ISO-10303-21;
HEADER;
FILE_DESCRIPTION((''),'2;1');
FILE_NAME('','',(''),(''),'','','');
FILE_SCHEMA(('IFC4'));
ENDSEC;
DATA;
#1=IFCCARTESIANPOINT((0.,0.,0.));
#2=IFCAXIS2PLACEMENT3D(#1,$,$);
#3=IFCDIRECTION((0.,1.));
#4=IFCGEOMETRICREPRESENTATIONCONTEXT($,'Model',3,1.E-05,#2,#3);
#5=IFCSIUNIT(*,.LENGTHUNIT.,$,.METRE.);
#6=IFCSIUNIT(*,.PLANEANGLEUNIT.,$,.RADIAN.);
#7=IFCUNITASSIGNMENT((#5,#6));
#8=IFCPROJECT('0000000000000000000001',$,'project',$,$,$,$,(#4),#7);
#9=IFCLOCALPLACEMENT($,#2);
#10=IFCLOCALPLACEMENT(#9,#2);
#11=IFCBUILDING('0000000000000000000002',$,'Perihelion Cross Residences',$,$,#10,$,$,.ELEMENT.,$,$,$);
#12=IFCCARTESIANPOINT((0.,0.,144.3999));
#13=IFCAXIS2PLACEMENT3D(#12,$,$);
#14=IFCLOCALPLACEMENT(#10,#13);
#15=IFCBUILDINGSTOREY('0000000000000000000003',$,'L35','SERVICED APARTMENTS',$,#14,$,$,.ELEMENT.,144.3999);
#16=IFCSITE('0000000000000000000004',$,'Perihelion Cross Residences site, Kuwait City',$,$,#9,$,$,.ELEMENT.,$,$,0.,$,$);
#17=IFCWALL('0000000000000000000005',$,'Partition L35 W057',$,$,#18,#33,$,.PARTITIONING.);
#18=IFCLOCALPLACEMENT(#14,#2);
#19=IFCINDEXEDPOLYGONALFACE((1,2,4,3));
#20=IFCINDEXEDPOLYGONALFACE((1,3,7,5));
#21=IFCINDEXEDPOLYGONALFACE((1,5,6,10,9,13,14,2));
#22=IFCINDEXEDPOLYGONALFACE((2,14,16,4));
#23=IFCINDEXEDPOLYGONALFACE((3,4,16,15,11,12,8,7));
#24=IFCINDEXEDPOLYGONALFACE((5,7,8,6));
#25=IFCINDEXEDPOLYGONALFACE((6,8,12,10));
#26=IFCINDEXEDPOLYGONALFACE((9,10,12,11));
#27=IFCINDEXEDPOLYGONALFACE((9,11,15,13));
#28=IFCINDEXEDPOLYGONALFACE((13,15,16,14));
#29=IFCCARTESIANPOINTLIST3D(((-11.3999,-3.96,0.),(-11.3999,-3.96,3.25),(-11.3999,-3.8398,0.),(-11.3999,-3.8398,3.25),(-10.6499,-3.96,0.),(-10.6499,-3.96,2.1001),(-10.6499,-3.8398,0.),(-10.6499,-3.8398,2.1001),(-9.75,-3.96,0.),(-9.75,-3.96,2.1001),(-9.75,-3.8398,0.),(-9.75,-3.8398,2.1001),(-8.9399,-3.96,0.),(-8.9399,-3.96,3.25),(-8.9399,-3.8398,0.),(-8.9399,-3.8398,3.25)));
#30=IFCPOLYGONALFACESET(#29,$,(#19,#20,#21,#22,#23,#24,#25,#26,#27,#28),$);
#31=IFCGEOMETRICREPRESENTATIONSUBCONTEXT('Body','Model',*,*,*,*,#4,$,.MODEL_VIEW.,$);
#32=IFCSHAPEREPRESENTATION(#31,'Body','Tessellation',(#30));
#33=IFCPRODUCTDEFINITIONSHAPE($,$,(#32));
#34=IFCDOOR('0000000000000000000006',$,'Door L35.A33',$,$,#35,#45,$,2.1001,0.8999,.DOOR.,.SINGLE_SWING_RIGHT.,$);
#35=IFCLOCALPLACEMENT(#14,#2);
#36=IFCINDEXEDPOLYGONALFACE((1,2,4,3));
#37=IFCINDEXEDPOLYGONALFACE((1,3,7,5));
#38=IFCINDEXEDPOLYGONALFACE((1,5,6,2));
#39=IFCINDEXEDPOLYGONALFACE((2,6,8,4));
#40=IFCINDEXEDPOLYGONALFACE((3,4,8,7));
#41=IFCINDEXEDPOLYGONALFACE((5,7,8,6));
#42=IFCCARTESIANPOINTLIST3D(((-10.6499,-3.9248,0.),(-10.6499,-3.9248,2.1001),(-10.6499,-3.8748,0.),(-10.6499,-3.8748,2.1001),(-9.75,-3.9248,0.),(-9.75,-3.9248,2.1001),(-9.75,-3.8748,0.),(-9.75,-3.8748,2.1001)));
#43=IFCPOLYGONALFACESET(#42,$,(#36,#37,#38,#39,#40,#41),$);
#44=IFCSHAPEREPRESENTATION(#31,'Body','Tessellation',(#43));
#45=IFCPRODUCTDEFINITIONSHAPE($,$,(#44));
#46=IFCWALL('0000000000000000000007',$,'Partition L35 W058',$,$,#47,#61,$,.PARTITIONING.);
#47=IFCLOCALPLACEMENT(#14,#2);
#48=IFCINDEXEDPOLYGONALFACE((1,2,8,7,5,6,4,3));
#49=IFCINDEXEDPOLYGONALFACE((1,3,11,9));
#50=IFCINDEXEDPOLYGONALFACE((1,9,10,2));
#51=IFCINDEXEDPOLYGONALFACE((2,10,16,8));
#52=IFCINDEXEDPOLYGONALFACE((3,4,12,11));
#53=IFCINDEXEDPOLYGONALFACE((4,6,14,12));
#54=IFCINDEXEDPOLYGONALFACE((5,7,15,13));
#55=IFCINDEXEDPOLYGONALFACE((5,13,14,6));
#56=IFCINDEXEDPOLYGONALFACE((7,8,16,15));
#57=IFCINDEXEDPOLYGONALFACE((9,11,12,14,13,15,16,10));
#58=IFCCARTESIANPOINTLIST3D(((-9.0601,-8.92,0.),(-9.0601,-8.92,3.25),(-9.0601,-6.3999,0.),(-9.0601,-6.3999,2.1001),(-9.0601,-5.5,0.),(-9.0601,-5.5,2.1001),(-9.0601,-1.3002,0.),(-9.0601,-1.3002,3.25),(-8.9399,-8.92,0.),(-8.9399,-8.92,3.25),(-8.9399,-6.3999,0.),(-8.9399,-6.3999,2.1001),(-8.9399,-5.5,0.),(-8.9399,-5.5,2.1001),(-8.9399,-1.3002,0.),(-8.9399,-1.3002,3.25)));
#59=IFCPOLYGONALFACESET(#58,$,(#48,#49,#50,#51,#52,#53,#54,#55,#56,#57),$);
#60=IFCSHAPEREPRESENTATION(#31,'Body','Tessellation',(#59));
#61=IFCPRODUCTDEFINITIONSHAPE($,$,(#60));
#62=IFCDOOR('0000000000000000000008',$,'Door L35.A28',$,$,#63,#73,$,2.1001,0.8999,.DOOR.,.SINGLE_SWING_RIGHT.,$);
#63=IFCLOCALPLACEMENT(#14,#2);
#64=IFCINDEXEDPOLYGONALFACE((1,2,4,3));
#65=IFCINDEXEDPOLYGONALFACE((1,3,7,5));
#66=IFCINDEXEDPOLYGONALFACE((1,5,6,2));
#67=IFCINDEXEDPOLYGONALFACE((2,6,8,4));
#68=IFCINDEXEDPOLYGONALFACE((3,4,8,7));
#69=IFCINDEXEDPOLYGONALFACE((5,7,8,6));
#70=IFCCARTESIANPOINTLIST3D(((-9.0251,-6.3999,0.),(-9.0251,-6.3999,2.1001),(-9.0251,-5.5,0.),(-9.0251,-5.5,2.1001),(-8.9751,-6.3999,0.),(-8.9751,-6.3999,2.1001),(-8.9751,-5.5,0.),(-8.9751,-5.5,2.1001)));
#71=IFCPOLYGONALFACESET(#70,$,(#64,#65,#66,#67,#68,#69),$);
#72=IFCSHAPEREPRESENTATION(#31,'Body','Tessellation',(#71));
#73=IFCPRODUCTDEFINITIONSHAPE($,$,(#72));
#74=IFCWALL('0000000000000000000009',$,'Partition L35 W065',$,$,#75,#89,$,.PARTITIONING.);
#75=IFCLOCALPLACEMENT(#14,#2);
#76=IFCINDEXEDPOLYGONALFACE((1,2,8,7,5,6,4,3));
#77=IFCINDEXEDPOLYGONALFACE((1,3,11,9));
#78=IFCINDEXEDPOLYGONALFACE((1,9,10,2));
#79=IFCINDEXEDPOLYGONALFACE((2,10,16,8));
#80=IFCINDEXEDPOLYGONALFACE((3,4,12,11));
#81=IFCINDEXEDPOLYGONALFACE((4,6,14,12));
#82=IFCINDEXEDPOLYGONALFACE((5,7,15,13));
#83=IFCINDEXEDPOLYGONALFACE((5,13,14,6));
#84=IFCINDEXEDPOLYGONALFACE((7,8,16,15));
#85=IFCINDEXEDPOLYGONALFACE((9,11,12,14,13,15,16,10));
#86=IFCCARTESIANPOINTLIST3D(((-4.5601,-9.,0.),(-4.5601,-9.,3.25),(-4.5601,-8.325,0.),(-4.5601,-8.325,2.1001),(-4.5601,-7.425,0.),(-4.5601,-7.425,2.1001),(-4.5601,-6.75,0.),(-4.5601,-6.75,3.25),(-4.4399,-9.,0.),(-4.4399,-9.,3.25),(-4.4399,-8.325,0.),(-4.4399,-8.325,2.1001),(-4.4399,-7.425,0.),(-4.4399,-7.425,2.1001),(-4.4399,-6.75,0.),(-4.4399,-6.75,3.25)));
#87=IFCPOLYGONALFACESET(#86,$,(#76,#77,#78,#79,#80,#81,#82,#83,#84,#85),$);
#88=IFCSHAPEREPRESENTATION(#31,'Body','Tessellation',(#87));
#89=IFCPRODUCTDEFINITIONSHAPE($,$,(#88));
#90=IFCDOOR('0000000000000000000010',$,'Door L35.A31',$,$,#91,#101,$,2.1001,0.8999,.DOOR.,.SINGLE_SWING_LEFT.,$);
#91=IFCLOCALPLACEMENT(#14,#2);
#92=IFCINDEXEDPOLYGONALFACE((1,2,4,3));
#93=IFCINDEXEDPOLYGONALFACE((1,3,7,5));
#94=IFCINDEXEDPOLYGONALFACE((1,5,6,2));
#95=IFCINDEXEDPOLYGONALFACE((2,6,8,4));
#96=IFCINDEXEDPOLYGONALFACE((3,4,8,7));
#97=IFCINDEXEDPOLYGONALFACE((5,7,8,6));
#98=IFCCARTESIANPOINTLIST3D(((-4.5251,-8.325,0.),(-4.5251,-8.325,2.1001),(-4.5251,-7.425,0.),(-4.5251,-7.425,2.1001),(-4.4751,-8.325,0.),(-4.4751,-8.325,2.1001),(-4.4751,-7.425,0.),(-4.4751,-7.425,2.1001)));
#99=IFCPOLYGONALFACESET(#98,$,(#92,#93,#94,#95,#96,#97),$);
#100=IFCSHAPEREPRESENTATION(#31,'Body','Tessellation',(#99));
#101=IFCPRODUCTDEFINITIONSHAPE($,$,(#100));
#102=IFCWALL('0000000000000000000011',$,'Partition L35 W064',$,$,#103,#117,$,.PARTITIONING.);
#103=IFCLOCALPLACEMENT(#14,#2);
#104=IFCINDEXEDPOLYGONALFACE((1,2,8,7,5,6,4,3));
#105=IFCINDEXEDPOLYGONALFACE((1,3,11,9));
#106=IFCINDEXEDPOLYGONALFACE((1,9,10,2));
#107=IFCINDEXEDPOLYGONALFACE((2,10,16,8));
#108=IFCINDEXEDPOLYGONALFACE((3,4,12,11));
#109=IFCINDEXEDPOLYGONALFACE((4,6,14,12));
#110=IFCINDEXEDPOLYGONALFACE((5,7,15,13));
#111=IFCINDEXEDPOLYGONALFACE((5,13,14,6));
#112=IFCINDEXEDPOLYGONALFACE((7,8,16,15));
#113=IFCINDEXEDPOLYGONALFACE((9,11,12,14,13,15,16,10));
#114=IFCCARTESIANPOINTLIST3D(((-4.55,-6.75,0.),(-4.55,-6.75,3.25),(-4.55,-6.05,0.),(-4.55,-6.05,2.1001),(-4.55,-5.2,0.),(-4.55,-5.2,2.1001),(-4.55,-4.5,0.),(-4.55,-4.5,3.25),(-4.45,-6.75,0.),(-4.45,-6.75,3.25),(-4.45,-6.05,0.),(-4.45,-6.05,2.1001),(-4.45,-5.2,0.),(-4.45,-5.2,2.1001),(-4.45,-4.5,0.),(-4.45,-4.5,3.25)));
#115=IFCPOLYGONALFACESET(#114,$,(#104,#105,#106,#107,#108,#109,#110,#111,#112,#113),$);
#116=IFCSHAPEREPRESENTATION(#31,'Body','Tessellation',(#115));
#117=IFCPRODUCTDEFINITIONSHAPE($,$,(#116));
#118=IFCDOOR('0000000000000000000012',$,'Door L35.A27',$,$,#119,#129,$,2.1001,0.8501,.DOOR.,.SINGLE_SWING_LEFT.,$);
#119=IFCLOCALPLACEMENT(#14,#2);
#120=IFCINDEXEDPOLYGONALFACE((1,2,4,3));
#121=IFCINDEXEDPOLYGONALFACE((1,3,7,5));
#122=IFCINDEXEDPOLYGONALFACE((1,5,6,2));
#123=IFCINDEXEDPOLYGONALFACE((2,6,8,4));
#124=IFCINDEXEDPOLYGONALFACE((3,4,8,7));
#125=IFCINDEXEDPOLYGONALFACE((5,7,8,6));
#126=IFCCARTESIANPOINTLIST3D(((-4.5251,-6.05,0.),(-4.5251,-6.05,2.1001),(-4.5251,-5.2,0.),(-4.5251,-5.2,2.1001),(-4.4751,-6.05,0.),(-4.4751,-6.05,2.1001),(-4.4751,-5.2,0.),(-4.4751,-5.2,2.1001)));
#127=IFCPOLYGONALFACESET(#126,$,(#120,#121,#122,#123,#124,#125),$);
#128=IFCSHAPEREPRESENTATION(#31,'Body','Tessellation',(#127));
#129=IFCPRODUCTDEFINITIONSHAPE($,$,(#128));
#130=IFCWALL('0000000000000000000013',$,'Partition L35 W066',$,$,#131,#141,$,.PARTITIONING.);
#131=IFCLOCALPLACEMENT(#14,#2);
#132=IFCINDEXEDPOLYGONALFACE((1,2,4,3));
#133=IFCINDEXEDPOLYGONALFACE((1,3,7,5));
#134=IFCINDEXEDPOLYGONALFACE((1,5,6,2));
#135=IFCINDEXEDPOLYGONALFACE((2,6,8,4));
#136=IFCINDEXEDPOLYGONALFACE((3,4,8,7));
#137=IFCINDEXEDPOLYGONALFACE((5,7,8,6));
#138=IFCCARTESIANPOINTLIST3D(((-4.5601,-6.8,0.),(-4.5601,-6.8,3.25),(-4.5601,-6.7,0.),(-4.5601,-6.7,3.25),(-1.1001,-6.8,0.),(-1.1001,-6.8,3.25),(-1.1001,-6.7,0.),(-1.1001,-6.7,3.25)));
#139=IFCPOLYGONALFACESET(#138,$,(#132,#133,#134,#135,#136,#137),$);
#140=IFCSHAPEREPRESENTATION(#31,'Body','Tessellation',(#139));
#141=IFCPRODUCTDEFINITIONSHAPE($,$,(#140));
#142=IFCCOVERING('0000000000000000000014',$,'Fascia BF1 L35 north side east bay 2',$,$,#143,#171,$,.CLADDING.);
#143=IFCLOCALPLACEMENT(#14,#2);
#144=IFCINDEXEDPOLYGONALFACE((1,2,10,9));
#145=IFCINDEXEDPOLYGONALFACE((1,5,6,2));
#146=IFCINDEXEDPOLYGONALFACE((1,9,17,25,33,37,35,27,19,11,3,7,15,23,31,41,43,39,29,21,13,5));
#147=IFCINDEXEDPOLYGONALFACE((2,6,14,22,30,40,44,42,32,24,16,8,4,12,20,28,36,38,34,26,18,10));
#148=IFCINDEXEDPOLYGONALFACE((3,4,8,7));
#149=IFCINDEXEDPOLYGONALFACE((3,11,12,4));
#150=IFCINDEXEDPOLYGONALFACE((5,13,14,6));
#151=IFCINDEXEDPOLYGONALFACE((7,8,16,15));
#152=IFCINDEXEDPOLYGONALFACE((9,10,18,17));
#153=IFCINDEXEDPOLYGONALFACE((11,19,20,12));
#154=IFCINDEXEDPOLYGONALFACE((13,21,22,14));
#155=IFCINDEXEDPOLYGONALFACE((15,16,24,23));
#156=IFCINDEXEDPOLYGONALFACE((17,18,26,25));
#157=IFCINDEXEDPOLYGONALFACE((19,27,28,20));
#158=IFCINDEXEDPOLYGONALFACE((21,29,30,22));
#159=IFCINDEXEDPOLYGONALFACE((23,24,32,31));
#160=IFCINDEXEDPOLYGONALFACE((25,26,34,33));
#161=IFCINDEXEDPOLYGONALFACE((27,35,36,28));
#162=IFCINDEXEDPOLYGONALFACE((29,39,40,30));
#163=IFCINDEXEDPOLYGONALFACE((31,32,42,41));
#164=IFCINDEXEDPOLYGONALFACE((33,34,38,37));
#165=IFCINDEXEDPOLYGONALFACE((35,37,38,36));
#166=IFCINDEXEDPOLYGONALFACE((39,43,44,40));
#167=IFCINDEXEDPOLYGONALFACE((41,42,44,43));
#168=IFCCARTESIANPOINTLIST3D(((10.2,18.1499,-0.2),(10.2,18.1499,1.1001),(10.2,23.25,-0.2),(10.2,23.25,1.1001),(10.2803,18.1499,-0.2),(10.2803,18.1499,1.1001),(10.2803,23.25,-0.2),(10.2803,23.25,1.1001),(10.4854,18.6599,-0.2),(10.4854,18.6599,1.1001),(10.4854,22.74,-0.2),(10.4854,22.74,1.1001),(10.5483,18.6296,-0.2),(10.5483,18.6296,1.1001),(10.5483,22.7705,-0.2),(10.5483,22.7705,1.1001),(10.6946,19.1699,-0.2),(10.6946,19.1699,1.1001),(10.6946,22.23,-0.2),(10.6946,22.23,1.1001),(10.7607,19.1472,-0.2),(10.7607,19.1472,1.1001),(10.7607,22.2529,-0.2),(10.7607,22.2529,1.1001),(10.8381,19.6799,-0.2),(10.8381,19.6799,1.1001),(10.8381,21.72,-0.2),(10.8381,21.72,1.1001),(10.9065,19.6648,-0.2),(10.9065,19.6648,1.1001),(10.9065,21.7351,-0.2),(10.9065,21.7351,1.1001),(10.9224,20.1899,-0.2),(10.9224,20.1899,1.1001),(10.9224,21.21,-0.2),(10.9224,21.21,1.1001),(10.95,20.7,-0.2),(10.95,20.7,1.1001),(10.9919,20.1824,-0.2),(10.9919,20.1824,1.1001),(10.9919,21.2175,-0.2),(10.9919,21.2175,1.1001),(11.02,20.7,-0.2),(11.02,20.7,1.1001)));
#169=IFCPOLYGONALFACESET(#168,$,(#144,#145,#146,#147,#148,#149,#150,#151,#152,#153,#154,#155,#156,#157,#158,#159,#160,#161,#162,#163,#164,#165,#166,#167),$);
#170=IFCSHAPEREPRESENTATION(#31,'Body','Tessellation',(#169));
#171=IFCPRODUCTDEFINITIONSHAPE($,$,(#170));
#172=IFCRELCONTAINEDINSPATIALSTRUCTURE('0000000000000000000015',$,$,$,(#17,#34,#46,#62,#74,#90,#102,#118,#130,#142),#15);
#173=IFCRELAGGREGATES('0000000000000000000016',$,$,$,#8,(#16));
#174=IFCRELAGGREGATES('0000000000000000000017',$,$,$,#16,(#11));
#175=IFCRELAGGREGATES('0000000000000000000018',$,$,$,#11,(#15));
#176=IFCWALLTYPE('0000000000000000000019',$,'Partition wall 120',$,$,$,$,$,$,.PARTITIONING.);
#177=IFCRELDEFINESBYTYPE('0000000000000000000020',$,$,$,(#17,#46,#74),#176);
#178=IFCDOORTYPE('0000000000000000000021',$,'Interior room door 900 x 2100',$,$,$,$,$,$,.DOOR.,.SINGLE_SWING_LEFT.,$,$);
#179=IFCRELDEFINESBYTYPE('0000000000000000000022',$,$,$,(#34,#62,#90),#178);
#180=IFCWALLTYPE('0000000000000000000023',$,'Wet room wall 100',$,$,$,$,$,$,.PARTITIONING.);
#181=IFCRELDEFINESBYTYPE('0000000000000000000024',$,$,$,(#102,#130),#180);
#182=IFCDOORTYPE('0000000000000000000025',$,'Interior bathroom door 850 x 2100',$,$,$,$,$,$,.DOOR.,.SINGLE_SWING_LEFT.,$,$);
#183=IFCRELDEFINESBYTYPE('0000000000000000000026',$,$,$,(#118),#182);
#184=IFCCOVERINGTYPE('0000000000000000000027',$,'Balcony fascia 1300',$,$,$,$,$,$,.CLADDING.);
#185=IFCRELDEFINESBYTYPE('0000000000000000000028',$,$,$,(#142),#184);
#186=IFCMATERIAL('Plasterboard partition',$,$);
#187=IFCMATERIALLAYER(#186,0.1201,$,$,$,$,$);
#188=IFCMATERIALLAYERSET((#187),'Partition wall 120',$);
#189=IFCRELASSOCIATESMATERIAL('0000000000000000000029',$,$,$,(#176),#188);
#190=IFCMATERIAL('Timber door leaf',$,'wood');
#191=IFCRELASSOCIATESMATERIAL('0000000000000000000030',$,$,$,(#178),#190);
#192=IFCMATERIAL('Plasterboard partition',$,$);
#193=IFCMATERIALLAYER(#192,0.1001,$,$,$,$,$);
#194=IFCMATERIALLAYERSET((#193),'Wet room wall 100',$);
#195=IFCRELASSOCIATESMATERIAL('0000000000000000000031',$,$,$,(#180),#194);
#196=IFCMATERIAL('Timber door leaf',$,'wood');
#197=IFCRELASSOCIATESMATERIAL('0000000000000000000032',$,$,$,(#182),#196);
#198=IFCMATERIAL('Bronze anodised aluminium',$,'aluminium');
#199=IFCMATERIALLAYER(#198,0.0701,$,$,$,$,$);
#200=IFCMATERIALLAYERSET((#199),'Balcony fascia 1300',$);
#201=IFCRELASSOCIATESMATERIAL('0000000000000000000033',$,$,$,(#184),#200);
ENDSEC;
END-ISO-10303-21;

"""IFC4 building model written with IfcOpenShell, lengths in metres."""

from ifc_helpers import new_model, si_unit, direction, frame, frame_2d, origin, place, context, subcontext, project, spatial, polyline, rectangle, outline, extrude, material, layer, layer_set, type_object, element, fill, save


model = new_model("IFC4")

# Units and contexts
model_context = context("Model", 3, precision=1e-05, world=origin(), true_north=direction((0.0, 1.0)))
body_context = subcontext(model_context, "Body", "Model", "MODEL_VIEW")
ifc_project = project(units=[si_unit("LENGTHUNIT", "METRE"), si_unit("PLANEANGLEUNIT", "RADIAN")], contexts=[model_context])

# Site, building, storey
site_placement = place(None, origin())
site = spatial("IfcSite", under=ifc_project, at=site_placement, Name="Perihelion Cross Residences site, Kuwait City", CompositionType="ELEMENT", RefElevation=0.0)
building_placement = place(site_placement, origin())
building = spatial("IfcBuilding", under=site, at=building_placement, Name="Perihelion Cross Residences", CompositionType="ELEMENT")
storey_placement = place(building_placement, frame((0.0, 0.0, 144.3999)))
storey = spatial("IfcBuildingStorey", under=building, at=storey_placement, Name="L35", Description="SERVICED APARTMENTS", CompositionType="ELEMENT", Elevation=144.3999)

# Shared definitions
ifc_material_1 = material(Name="Plasterboard partition")
ifc_layer_1 = layer(ifc_material_1, 0.1201)
ifc_layer_set_1 = layer_set([ifc_layer_1], Name="Partition wall 120")
wall_type_1 = type_object("IfcWallType", Name="Partition wall 120", PredefinedType="PARTITIONING", material=ifc_layer_set_1)

# Walls, openings, doors
wall_1_placement = place(storey_placement, frame((-8.9399, -3.8999, 0.0), z_axis=(0.0, 0.0, 1.0), x_axis=(-1.0, 0.0, 0.0)))
wall_1 = element("IfcWall", 1, at=wall_1_placement, inside=storey, type_object=wall_type_1, Name="Partition L35 W057", PredefinedType="PARTITIONING", context=body_context, shape_type="SweptSolid", body=[
    extrude(rectangle(XDim=2.46, YDim=0.1201, at=frame_2d((1.23, 0.0))), origin(), (0.0, 0.0, 1.0), 3.25),
])
opening_1_placement = place(wall_1_placement, frame((0.8101, 0.0, 0.0)))
opening_1 = element("IfcOpeningElement", 2, at=opening_1_placement, cuts=wall_1, PredefinedType="OPENING", context=body_context, shape_type="SweptSolid", body=[
    extrude(rectangle(XDim=0.8999, YDim=2.1001, at=frame_2d((0.45, 1.05))), frame((0.0, 0.0701, 0.0), z_axis=(0.0, -1.0, 0.0), x_axis=(1.0, 0.0, 0.0)), (0.0, 0.0, 1.0), 0.1401),
])
ifc_material_2 = material(Name="Timber door leaf", Category="wood")
door_type_1 = type_object("IfcDoorType", Name="Interior room door 900 x 2100", OperationType="SINGLE_SWING_LEFT", PredefinedType="DOOR", material=ifc_material_2)
door_1_placement = place(opening_1_placement, origin())
door_1 = element("IfcDoor", 3, at=door_1_placement, inside=storey, type_object=door_type_1, Name="Door L35.A33", OperationType="SINGLE_SWING_RIGHT", OverallHeight=2.1001, OverallWidth=0.8999, PredefinedType="DOOR", context=body_context, shape_type="SweptSolid", body=[
    extrude(rectangle(XDim=0.8999, YDim=2.1001, at=frame_2d((0.45, 1.05))), frame((0.0, 0.0249, 0.0), z_axis=(0.0, -1.0, 0.0), x_axis=(1.0, 0.0, 0.0)), (0.0, 0.0, 1.0), 0.05),
])
fill(opening_1, door_1)
wall_2_placement = place(storey_placement, frame((-9.0, -1.3, 0.0), z_axis=(0.0, 0.0, 1.0), x_axis=(0.0, -1.0, 0.0)))
wall_2 = element("IfcWall", 4, at=wall_2_placement, inside=storey, type_object=wall_type_1, Name="Partition L35 W058", PredefinedType="PARTITIONING", context=body_context, shape_type="SweptSolid", body=[
    extrude(rectangle(XDim=7.6199, YDim=0.1201, at=frame_2d((3.8101, 0.0))), origin(), (0.0, 0.0, 1.0), 3.25),
])
opening_2_placement = place(wall_2_placement, frame((4.2, 0.0, 0.0)))
opening_2 = element("IfcOpeningElement", 5, at=opening_2_placement, cuts=wall_2, PredefinedType="OPENING", context=body_context, shape_type="SweptSolid", body=[
    extrude(rectangle(XDim=0.8999, YDim=2.1001, at=frame_2d((0.45, 1.05))), frame((0.0, 0.0701, 0.0), z_axis=(0.0, -1.0, 0.0), x_axis=(1.0, 0.0, 0.0)), (0.0, 0.0, 1.0), 0.1401),
])
door_2_placement = place(opening_2_placement, origin())
door_2 = element("IfcDoor", 6, at=door_2_placement, inside=storey, type_object=door_type_1, Name="Door L35.A28", OperationType="SINGLE_SWING_RIGHT", OverallHeight=2.1001, OverallWidth=0.8999, PredefinedType="DOOR", context=body_context, shape_type="SweptSolid", body=[
    extrude(rectangle(XDim=0.8999, YDim=2.1001, at=frame_2d((0.45, 1.05))), frame((0.0, 0.0249, 0.0), z_axis=(0.0, -1.0, 0.0), x_axis=(1.0, 0.0, 0.0)), (0.0, 0.0, 1.0), 0.05),
])
fill(opening_2, door_2)
wall_3_placement = place(storey_placement, frame((-4.5, -6.75, 0.0), z_axis=(0.0, 0.0, 1.0), x_axis=(0.0, -1.0, 0.0)))
wall_3 = element("IfcWall", 7, at=wall_3_placement, inside=storey, type_object=wall_type_1, Name="Partition L35 W065", PredefinedType="PARTITIONING", context=body_context, shape_type="SweptSolid", body=[
    extrude(rectangle(XDim=2.25, YDim=0.1201, at=frame_2d((1.125, 0.0))), origin(), (0.0, 0.0, 1.0), 3.25),
])
opening_3_placement = place(wall_3_placement, frame((0.675, 0.0, 0.0)))
opening_3 = element("IfcOpeningElement", 8, at=opening_3_placement, cuts=wall_3, PredefinedType="OPENING", context=body_context, shape_type="SweptSolid", body=[
    extrude(rectangle(XDim=0.8999, YDim=2.1001, at=frame_2d((0.45, 1.05))), frame((0.0, 0.0701, 0.0), z_axis=(0.0, -1.0, 0.0), x_axis=(1.0, 0.0, 0.0)), (0.0, 0.0, 1.0), 0.1401),
])
door_3_placement = place(opening_3_placement, origin())
door_3 = element("IfcDoor", 9, at=door_3_placement, inside=storey, type_object=door_type_1, Name="Door L35.A31", OperationType="SINGLE_SWING_LEFT", OverallHeight=2.1001, OverallWidth=0.8999, PredefinedType="DOOR", context=body_context, shape_type="SweptSolid", body=[
    extrude(rectangle(XDim=0.8999, YDim=2.1001, at=frame_2d((0.45, 1.05))), frame((0.0, 0.0249, 0.0), z_axis=(0.0, -1.0, 0.0), x_axis=(1.0, 0.0, 0.0)), (0.0, 0.0, 1.0), 0.05),
])
fill(opening_3, door_3)
ifc_material_3 = material(Name="Plasterboard partition")
ifc_layer_2 = layer(ifc_material_3, 0.1001)
ifc_layer_set_2 = layer_set([ifc_layer_2], Name="Wet room wall 100")
wall_type_2 = type_object("IfcWallType", Name="Wet room wall 100", PredefinedType="PARTITIONING", material=ifc_layer_set_2)
wall_4_placement = place(storey_placement, frame((-4.5, -4.5, 0.0), z_axis=(0.0, 0.0, 1.0), x_axis=(0.0, -1.0, 0.0)))
wall_4 = element("IfcWall", 10, at=wall_4_placement, inside=storey, type_object=wall_type_2, Name="Partition L35 W064", PredefinedType="PARTITIONING", context=body_context, shape_type="SweptSolid", body=[
    extrude(rectangle(XDim=2.25, YDim=0.1001, at=frame_2d((1.125, 0.0))), origin(), (0.0, 0.0, 1.0), 3.25),
])
opening_4_placement = place(wall_4_placement, frame((0.7, 0.0, 0.0)))
opening_4 = element("IfcOpeningElement", 11, at=opening_4_placement, cuts=wall_4, PredefinedType="OPENING", context=body_context, shape_type="SweptSolid", body=[
    extrude(rectangle(XDim=0.8501, YDim=2.1001, at=frame_2d((0.425, 1.05))), frame((0.0, 0.0601, 0.0), z_axis=(0.0, -1.0, 0.0), x_axis=(1.0, 0.0, 0.0)), (0.0, 0.0, 1.0), 0.1201),
])
ifc_material_4 = material(Name="Timber door leaf", Category="wood")
door_type_2 = type_object("IfcDoorType", Name="Interior bathroom door 850 x 2100", OperationType="SINGLE_SWING_LEFT", PredefinedType="DOOR", material=ifc_material_4)
door_4_placement = place(opening_4_placement, origin())
door_4 = element("IfcDoor", 12, at=door_4_placement, inside=storey, type_object=door_type_2, Name="Door L35.A27", OperationType="SINGLE_SWING_LEFT", OverallHeight=2.1001, OverallWidth=0.8501, PredefinedType="DOOR", context=body_context, shape_type="SweptSolid", body=[
    extrude(rectangle(XDim=0.8501, YDim=2.1001, at=frame_2d((0.425, 1.05))), frame((0.0, 0.0249, 0.0), z_axis=(0.0, -1.0, 0.0), x_axis=(1.0, 0.0, 0.0)), (0.0, 0.0, 1.0), 0.05),
])
fill(opening_4, door_4)

# Wall
wall_5_placement = place(storey_placement, frame((-1.1001, -6.75, 0.0), z_axis=(0.0, 0.0, 1.0), x_axis=(-1.0, 0.0, 0.0)))
element("IfcWall", 13, at=wall_5_placement, inside=storey, type_object=wall_type_2, Name="Partition L35 W066", PredefinedType="PARTITIONING", context=body_context, shape_type="SweptSolid", body=[
    extrude(rectangle(XDim=3.46, YDim=0.1001, at=frame_2d((1.73, 0.0))), origin(), (0.0, 0.0, 1.0), 3.25),
])

# Covering
ifc_material_5 = material(Name="Bronze anodised aluminium", Category="aluminium")
ifc_layer_3 = layer(ifc_material_5, 0.0701)
ifc_layer_set_3 = layer_set([ifc_layer_3], Name="Balcony fascia 1300")
covering_type = type_object("IfcCoveringType", Name="Balcony fascia 1300", PredefinedType="CLADDING", material=ifc_layer_set_3)
covering_1_placement = place(storey_placement, frame((0.0, 0.0, -0.2)))
element("IfcCovering", 14, at=covering_1_placement, inside=storey, type_object=covering_type, Name="Fascia BF1 L35 north side east bay 2", PredefinedType="CLADDING", context=body_context, shape_type="SweptSolid", body=[
    extrude(outline(polyline([(10.5483, 18.6296), (10.7607, 19.1472), (10.9065, 19.6648), (10.9919, 20.1824), (11.02, 20.7), (10.9919, 21.2175), (10.9065, 21.7351), (10.7607, 22.2529), (10.5483, 22.7705), (10.2803, 23.25), (10.2, 23.25), (10.4854, 22.74), (10.6946, 22.23), (10.8381, 21.72), (10.9224, 21.21), (10.95, 20.7), (10.9224, 20.1899), (10.8381, 19.6799), (10.6946, 19.1699), (10.4854, 18.6599), (10.2, 18.1499), (10.2803, 18.1499), (10.5483, 18.6296)])), origin(), (0.0, 0.0, 1.0), 1.3),
])

save(model, "model.ifc")
